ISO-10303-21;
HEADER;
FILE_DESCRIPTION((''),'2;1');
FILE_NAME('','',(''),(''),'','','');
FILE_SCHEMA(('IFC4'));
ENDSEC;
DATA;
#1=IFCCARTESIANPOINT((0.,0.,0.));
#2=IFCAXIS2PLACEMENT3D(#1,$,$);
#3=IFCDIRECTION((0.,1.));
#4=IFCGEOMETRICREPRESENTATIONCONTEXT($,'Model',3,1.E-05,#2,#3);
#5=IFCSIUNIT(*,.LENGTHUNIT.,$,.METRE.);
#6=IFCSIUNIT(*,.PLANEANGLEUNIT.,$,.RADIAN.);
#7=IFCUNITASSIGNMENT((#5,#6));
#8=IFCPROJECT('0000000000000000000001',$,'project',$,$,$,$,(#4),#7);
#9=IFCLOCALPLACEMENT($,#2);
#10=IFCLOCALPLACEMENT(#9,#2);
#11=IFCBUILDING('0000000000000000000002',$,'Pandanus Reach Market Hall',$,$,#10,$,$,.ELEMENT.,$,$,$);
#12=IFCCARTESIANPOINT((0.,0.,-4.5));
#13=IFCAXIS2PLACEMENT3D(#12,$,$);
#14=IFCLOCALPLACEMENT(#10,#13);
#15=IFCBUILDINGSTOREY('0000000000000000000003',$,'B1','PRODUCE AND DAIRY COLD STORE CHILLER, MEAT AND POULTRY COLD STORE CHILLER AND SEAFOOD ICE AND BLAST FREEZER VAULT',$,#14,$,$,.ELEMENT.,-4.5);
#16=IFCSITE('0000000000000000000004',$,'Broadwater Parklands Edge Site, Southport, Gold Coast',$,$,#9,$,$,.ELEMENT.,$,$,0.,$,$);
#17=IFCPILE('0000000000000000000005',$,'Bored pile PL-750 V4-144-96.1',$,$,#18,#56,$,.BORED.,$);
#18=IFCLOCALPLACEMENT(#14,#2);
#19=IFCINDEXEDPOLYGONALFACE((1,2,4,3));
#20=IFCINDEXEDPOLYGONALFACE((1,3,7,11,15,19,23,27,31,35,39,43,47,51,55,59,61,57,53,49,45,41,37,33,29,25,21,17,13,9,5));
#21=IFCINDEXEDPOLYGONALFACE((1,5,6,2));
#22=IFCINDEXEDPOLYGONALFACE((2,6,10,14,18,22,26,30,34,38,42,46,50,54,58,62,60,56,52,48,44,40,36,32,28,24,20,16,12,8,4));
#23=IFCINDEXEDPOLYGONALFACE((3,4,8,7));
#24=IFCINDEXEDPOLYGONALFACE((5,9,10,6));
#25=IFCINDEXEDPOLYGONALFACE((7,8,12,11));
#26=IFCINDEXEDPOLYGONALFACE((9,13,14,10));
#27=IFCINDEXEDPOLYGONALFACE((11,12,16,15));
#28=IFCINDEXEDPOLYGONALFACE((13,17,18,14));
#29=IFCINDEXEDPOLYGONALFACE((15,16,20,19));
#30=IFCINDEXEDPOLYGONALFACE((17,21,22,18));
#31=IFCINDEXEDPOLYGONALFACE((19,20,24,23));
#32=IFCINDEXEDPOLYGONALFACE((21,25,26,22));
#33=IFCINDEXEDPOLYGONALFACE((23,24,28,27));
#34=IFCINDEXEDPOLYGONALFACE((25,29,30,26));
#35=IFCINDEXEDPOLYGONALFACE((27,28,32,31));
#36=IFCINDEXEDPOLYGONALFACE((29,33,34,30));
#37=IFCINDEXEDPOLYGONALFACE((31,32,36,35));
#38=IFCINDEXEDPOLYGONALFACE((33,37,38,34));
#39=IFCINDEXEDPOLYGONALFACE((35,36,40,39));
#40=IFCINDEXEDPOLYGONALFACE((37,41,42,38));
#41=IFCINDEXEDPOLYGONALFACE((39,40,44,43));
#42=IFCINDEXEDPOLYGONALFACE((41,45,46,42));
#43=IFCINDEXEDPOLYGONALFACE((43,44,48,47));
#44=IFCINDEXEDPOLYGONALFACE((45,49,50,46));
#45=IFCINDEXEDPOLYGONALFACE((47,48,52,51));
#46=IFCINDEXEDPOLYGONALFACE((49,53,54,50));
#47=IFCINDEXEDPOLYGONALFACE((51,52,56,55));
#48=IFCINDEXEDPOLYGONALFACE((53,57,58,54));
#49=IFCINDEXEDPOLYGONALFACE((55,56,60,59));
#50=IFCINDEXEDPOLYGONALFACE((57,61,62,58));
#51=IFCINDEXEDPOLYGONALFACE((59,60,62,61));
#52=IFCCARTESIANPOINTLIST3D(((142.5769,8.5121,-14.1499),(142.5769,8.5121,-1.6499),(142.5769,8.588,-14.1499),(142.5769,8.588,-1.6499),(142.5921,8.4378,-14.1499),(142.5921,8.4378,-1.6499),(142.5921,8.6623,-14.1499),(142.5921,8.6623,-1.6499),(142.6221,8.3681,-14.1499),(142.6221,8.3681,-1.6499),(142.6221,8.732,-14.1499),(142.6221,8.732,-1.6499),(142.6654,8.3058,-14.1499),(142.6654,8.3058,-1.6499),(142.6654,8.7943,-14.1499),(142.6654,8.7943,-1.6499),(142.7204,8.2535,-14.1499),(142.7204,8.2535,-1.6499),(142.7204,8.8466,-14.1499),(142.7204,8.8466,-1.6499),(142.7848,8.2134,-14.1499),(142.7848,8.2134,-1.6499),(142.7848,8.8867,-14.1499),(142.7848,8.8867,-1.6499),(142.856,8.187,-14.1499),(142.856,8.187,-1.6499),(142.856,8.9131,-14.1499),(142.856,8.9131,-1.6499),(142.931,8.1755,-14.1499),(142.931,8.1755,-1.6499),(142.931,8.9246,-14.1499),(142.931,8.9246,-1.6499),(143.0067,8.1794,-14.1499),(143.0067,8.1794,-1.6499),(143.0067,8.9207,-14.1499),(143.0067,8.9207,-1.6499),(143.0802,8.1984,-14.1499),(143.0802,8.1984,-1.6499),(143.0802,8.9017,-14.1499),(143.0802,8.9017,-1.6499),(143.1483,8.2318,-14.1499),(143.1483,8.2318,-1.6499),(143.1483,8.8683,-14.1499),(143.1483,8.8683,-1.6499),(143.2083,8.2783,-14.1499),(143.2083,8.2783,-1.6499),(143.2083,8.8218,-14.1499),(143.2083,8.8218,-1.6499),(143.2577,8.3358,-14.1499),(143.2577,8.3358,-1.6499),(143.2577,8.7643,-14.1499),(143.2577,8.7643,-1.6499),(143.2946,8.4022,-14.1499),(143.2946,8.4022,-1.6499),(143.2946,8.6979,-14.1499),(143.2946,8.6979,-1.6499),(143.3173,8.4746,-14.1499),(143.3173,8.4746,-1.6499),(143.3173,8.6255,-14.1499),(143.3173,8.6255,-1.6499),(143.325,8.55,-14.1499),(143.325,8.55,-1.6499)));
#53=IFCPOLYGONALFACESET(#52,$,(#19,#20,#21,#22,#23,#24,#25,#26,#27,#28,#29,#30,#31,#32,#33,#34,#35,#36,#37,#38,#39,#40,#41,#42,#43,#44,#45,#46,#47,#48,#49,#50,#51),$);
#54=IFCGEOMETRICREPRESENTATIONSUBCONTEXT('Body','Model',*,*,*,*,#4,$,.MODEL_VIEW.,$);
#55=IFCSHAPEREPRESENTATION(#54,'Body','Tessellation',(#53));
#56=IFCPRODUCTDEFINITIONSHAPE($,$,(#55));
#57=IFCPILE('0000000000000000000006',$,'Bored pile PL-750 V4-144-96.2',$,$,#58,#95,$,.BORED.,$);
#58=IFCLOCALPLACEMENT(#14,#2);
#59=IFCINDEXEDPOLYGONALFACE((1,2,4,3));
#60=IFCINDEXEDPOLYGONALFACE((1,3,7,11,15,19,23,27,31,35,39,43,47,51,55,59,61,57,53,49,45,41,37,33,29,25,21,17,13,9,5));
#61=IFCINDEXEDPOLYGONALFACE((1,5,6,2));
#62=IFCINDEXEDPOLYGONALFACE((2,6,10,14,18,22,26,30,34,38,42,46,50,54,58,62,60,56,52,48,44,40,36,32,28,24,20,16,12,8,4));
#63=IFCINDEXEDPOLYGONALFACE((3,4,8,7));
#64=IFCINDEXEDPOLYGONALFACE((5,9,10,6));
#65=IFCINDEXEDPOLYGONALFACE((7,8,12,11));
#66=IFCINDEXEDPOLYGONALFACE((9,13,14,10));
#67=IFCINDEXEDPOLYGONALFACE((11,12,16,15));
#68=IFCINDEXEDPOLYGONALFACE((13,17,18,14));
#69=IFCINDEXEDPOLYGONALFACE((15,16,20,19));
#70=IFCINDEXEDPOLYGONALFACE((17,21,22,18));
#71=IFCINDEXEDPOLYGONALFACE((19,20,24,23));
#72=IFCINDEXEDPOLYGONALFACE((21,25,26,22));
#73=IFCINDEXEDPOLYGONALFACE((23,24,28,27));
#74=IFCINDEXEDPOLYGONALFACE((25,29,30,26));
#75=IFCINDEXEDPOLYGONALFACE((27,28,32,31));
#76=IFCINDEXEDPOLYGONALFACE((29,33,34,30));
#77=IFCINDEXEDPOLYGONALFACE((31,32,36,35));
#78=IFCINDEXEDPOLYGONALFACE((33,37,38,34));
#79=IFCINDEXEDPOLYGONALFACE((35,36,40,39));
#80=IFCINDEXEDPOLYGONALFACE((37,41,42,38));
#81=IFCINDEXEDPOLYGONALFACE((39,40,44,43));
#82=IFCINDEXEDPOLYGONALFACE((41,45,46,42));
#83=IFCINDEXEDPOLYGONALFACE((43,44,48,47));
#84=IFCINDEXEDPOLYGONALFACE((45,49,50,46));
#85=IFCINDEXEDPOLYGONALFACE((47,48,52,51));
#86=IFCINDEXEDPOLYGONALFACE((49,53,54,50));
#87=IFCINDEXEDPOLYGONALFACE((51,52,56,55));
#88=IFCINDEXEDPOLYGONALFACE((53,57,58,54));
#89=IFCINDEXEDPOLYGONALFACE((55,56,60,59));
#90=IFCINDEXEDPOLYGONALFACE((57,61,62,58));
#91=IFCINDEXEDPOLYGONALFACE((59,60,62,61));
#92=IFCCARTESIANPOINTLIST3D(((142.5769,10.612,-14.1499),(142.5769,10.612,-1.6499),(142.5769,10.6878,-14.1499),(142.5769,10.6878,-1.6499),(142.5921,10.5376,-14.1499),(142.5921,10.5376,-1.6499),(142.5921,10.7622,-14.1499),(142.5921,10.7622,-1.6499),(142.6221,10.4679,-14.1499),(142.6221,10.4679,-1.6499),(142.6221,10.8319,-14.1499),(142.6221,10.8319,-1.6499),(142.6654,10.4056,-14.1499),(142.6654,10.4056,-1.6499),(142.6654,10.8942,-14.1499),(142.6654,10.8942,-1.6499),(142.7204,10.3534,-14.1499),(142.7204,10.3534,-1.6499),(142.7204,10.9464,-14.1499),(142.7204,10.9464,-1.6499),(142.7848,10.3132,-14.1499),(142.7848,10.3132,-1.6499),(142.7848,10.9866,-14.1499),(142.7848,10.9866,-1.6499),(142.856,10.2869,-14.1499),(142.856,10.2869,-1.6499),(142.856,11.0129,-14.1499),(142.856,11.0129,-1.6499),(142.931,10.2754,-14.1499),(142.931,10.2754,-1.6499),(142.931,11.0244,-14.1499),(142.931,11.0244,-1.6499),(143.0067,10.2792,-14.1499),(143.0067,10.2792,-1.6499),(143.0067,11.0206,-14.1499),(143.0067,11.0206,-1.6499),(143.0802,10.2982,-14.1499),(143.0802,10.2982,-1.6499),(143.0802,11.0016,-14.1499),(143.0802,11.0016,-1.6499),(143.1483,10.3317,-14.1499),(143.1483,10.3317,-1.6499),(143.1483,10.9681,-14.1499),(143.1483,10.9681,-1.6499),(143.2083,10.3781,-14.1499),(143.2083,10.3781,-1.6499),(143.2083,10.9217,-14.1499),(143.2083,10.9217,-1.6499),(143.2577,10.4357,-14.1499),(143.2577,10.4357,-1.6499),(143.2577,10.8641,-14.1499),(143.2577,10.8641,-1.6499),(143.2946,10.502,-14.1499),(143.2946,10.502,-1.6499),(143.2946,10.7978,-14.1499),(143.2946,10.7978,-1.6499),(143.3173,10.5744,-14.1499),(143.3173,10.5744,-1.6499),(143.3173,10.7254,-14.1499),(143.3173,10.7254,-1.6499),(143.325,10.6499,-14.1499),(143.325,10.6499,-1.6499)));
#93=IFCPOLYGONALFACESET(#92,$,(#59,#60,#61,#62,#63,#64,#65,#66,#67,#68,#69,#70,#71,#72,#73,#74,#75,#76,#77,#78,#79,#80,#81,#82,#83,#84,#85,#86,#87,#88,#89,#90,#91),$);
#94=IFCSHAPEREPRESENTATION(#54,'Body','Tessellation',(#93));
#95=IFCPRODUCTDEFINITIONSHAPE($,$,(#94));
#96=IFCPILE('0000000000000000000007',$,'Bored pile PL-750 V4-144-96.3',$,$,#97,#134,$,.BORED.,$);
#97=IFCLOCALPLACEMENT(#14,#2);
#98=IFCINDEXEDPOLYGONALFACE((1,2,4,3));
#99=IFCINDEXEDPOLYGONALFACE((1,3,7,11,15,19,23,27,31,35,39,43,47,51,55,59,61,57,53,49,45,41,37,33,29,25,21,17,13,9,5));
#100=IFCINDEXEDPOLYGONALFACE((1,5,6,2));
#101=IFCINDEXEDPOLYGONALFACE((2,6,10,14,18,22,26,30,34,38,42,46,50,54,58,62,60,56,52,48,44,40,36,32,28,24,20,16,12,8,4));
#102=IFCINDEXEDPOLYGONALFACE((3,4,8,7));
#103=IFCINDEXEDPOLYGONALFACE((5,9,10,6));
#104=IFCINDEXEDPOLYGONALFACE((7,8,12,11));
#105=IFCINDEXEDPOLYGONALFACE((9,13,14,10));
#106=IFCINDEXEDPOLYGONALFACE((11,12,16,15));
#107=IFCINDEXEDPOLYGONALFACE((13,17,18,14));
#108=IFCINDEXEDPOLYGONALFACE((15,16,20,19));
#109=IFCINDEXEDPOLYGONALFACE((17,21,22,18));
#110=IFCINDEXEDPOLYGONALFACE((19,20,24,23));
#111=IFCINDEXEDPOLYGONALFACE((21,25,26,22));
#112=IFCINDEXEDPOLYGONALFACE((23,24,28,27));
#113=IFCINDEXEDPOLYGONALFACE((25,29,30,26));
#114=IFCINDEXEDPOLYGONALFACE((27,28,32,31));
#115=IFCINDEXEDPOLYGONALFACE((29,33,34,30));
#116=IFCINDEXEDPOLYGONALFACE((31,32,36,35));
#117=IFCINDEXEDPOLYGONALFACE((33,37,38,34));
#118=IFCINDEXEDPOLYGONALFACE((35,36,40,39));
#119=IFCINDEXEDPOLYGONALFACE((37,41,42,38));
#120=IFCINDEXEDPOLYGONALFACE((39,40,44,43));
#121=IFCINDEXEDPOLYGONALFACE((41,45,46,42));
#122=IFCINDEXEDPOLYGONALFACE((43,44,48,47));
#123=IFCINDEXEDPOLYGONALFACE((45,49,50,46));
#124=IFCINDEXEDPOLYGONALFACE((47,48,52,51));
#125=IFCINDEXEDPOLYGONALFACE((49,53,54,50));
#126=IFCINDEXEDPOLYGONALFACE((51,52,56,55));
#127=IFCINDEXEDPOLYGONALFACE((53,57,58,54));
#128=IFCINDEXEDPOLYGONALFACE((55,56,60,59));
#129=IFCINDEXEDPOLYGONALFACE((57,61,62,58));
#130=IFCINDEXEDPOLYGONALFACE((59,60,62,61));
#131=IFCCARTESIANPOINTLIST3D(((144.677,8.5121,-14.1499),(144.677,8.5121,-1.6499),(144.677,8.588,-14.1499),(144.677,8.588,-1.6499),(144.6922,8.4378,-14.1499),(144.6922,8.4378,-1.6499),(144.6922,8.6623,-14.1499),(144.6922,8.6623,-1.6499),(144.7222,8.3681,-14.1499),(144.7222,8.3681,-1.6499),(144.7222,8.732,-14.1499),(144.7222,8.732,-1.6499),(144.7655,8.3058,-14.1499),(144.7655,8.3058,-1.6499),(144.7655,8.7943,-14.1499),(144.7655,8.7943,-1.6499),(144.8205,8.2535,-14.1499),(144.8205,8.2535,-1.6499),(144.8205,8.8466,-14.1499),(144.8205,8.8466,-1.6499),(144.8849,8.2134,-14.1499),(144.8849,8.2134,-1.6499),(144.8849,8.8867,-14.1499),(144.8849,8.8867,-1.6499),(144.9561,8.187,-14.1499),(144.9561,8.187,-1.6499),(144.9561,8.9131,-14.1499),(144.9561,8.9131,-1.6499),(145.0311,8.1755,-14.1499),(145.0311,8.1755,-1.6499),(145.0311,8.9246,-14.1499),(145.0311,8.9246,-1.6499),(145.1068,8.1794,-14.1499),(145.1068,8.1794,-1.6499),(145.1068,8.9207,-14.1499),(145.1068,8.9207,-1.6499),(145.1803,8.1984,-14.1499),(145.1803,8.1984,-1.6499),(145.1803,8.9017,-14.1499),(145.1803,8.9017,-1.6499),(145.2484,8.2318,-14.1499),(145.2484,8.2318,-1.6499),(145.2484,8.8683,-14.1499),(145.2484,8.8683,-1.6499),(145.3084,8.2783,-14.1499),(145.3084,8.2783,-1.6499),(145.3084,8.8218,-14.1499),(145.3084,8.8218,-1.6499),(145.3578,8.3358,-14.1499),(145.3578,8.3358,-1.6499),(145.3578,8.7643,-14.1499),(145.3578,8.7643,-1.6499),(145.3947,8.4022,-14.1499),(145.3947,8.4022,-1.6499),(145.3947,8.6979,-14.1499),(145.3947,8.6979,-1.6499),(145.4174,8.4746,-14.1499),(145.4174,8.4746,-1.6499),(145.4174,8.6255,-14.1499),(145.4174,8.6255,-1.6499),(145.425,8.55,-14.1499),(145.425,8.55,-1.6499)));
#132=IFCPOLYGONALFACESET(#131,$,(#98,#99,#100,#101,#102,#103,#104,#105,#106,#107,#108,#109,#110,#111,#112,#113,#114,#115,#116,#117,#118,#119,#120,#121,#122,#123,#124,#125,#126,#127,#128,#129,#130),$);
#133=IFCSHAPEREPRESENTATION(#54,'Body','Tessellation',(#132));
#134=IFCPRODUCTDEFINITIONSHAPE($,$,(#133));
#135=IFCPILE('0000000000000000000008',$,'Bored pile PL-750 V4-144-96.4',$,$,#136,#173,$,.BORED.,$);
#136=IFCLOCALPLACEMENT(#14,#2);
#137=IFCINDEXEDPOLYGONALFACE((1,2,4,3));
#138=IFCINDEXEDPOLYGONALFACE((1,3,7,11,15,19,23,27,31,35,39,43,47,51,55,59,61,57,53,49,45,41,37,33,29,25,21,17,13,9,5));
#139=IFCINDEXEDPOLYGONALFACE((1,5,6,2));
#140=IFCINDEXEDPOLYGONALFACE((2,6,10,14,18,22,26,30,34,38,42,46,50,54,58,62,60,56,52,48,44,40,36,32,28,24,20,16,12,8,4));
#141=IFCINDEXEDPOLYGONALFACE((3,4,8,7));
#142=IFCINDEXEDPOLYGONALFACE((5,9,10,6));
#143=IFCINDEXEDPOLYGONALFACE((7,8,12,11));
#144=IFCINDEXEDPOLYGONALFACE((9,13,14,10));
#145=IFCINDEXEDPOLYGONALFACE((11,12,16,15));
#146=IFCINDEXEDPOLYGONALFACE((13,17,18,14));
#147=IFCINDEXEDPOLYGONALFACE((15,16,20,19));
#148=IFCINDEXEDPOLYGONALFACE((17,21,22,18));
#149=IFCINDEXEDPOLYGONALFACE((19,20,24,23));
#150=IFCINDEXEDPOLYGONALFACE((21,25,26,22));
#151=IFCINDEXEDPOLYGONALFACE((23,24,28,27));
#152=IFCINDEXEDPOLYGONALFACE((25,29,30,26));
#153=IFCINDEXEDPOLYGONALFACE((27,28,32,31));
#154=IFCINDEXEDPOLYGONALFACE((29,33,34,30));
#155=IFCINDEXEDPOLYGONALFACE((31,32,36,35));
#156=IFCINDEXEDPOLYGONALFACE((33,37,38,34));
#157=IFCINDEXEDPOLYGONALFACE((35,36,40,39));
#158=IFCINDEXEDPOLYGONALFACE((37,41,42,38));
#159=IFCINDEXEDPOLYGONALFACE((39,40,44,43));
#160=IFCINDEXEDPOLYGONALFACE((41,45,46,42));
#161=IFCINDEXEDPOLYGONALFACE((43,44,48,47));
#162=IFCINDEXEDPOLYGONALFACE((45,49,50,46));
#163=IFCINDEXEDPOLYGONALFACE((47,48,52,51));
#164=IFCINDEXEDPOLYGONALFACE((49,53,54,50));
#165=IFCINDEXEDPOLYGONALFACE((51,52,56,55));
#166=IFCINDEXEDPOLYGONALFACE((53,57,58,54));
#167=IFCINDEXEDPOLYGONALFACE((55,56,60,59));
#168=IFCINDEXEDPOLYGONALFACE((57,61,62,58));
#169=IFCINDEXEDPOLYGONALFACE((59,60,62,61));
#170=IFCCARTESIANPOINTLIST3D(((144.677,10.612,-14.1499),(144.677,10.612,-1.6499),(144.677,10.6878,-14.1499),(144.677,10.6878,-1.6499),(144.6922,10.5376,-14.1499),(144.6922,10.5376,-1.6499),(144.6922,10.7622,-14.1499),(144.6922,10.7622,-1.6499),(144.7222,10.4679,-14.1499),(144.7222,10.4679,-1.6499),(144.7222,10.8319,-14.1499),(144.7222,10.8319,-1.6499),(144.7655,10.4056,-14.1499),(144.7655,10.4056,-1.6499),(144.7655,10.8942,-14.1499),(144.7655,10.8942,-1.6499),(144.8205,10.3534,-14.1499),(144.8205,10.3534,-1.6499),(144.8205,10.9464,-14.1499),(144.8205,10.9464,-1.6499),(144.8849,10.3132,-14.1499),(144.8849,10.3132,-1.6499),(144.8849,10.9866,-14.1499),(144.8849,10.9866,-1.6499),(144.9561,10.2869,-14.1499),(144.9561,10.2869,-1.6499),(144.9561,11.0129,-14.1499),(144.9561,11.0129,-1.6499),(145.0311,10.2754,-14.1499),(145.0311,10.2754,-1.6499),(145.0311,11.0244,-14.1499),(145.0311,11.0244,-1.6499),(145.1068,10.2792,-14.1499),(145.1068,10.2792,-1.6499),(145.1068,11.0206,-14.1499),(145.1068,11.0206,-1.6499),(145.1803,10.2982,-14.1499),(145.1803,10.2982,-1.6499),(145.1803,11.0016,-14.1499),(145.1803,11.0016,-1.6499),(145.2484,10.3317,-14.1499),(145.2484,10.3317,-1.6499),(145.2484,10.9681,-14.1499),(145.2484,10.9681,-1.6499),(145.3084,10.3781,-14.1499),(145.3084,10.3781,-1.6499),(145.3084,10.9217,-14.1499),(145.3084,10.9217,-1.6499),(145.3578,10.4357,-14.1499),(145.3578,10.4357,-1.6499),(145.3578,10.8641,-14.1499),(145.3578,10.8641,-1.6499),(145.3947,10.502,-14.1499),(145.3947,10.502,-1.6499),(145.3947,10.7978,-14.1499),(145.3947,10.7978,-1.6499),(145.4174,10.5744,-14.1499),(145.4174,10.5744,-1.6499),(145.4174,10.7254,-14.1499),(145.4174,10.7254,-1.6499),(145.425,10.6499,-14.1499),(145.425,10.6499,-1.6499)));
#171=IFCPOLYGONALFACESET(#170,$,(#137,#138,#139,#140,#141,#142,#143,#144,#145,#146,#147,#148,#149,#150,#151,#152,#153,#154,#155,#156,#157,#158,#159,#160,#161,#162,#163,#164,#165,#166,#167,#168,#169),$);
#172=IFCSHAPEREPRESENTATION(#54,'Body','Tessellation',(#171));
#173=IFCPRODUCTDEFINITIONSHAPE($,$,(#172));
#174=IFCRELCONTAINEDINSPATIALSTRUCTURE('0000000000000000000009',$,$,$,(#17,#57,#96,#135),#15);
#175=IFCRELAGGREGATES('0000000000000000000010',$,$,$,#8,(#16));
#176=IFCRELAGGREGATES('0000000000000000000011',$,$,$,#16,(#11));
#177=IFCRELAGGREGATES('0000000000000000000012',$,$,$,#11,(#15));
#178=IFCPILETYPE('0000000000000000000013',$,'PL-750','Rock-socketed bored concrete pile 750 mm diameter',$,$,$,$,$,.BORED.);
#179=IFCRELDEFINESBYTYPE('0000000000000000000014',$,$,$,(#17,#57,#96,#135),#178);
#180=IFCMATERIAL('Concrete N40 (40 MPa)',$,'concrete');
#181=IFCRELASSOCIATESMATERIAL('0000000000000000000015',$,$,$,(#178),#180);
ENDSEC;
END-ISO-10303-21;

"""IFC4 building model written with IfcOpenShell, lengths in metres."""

from ifc_helpers import new_model, si_unit, direction, frame, origin, origin_2d, place, context, subcontext, project, spatial, circle, extrude, material, material_profile, profile_set, type_object, element, save


model = new_model("IFC4")

# Units and contexts
model_context = context("Model", 3, precision=1e-05, world=origin(), true_north=direction((0.0, 1.0)))
body_context = subcontext(model_context, "Body", "Model", "MODEL_VIEW")
ifc_project = project(units=[si_unit("LENGTHUNIT", "METRE"), si_unit("PLANEANGLEUNIT", "RADIAN")], contexts=[model_context])

# Site, building, storey
site_placement = place(None, origin())
site = spatial("IfcSite", under=ifc_project, at=site_placement, Name="Broadwater Parklands Edge Site, Southport, Gold Coast", CompositionType="ELEMENT", RefElevation=0.0)
building_placement = place(site_placement, origin())
building = spatial("IfcBuilding", under=site, at=building_placement, Name="Pandanus Reach Market Hall", CompositionType="ELEMENT")
storey_placement = place(building_placement, frame((0.0, 0.0, -4.5)))
storey = spatial("IfcBuildingStorey", under=building, at=storey_placement, Name="B1", Description="PRODUCE AND DAIRY COLD STORE CHILLER, MEAT AND POULTRY COLD STORE CHILLER AND SEAFOOD ICE AND BLAST FREEZER VAULT", CompositionType="ELEMENT", Elevation=-4.5)

# Shared definitions
ifc_material_1 = material(Name="Concrete N40 (40 MPa)", Category="concrete")

# Piles
ifc_material_profile_1 = material_profile(ifc_material_1, circle(Radius=0.375, at=origin_2d()), Name="PILE-750D", Category="LoadBearing")
ifc_profile_set_1 = profile_set([ifc_material_profile_1], Name="Concrete N40 (40 MPa)")
pile_type_1 = type_object("IfcPileType", Name="PL-750", Description="Rock-socketed bored concrete pile 750 mm diameter", PredefinedType="BORED", material=ifc_profile_set_1)
for number, where, z_axis, x_axis, name in (
    (1, (142.95, 8.55, -1.6499), (0.0, 0.0, -1.0), (1.0, 0.0, 0.0), "Bored pile PL-750 V4-144-96.1"),
    (2, (142.95, 10.6499, -1.6499), (0.0, 0.0, -1.0), (1.0, 0.0, 0.0), "Bored pile PL-750 V4-144-96.2"),
    (3, (145.05, 8.55, -1.6499), (0.0, 0.0, -1.0), (1.0, 0.0, 0.0), "Bored pile PL-750 V4-144-96.3"),
    (4, (145.05, 10.6499, -1.6499), (0.0, 0.0, -1.0), (1.0, 0.0, 0.0), "Bored pile PL-750 V4-144-96.4"),
):
    element("IfcPile", number, at=place(storey_placement, frame(where, z_axis=z_axis, x_axis=x_axis)), inside=storey, type_object=pile_type_1, Name=name, PredefinedType="BORED", context=body_context, shape_type="SweptSolid", body=[
        extrude(circle(Radius=0.375, at=origin_2d()), origin(), (0.0, 0.0, 1.0), 12.5),
    ])

save(model, "model.ifc")
